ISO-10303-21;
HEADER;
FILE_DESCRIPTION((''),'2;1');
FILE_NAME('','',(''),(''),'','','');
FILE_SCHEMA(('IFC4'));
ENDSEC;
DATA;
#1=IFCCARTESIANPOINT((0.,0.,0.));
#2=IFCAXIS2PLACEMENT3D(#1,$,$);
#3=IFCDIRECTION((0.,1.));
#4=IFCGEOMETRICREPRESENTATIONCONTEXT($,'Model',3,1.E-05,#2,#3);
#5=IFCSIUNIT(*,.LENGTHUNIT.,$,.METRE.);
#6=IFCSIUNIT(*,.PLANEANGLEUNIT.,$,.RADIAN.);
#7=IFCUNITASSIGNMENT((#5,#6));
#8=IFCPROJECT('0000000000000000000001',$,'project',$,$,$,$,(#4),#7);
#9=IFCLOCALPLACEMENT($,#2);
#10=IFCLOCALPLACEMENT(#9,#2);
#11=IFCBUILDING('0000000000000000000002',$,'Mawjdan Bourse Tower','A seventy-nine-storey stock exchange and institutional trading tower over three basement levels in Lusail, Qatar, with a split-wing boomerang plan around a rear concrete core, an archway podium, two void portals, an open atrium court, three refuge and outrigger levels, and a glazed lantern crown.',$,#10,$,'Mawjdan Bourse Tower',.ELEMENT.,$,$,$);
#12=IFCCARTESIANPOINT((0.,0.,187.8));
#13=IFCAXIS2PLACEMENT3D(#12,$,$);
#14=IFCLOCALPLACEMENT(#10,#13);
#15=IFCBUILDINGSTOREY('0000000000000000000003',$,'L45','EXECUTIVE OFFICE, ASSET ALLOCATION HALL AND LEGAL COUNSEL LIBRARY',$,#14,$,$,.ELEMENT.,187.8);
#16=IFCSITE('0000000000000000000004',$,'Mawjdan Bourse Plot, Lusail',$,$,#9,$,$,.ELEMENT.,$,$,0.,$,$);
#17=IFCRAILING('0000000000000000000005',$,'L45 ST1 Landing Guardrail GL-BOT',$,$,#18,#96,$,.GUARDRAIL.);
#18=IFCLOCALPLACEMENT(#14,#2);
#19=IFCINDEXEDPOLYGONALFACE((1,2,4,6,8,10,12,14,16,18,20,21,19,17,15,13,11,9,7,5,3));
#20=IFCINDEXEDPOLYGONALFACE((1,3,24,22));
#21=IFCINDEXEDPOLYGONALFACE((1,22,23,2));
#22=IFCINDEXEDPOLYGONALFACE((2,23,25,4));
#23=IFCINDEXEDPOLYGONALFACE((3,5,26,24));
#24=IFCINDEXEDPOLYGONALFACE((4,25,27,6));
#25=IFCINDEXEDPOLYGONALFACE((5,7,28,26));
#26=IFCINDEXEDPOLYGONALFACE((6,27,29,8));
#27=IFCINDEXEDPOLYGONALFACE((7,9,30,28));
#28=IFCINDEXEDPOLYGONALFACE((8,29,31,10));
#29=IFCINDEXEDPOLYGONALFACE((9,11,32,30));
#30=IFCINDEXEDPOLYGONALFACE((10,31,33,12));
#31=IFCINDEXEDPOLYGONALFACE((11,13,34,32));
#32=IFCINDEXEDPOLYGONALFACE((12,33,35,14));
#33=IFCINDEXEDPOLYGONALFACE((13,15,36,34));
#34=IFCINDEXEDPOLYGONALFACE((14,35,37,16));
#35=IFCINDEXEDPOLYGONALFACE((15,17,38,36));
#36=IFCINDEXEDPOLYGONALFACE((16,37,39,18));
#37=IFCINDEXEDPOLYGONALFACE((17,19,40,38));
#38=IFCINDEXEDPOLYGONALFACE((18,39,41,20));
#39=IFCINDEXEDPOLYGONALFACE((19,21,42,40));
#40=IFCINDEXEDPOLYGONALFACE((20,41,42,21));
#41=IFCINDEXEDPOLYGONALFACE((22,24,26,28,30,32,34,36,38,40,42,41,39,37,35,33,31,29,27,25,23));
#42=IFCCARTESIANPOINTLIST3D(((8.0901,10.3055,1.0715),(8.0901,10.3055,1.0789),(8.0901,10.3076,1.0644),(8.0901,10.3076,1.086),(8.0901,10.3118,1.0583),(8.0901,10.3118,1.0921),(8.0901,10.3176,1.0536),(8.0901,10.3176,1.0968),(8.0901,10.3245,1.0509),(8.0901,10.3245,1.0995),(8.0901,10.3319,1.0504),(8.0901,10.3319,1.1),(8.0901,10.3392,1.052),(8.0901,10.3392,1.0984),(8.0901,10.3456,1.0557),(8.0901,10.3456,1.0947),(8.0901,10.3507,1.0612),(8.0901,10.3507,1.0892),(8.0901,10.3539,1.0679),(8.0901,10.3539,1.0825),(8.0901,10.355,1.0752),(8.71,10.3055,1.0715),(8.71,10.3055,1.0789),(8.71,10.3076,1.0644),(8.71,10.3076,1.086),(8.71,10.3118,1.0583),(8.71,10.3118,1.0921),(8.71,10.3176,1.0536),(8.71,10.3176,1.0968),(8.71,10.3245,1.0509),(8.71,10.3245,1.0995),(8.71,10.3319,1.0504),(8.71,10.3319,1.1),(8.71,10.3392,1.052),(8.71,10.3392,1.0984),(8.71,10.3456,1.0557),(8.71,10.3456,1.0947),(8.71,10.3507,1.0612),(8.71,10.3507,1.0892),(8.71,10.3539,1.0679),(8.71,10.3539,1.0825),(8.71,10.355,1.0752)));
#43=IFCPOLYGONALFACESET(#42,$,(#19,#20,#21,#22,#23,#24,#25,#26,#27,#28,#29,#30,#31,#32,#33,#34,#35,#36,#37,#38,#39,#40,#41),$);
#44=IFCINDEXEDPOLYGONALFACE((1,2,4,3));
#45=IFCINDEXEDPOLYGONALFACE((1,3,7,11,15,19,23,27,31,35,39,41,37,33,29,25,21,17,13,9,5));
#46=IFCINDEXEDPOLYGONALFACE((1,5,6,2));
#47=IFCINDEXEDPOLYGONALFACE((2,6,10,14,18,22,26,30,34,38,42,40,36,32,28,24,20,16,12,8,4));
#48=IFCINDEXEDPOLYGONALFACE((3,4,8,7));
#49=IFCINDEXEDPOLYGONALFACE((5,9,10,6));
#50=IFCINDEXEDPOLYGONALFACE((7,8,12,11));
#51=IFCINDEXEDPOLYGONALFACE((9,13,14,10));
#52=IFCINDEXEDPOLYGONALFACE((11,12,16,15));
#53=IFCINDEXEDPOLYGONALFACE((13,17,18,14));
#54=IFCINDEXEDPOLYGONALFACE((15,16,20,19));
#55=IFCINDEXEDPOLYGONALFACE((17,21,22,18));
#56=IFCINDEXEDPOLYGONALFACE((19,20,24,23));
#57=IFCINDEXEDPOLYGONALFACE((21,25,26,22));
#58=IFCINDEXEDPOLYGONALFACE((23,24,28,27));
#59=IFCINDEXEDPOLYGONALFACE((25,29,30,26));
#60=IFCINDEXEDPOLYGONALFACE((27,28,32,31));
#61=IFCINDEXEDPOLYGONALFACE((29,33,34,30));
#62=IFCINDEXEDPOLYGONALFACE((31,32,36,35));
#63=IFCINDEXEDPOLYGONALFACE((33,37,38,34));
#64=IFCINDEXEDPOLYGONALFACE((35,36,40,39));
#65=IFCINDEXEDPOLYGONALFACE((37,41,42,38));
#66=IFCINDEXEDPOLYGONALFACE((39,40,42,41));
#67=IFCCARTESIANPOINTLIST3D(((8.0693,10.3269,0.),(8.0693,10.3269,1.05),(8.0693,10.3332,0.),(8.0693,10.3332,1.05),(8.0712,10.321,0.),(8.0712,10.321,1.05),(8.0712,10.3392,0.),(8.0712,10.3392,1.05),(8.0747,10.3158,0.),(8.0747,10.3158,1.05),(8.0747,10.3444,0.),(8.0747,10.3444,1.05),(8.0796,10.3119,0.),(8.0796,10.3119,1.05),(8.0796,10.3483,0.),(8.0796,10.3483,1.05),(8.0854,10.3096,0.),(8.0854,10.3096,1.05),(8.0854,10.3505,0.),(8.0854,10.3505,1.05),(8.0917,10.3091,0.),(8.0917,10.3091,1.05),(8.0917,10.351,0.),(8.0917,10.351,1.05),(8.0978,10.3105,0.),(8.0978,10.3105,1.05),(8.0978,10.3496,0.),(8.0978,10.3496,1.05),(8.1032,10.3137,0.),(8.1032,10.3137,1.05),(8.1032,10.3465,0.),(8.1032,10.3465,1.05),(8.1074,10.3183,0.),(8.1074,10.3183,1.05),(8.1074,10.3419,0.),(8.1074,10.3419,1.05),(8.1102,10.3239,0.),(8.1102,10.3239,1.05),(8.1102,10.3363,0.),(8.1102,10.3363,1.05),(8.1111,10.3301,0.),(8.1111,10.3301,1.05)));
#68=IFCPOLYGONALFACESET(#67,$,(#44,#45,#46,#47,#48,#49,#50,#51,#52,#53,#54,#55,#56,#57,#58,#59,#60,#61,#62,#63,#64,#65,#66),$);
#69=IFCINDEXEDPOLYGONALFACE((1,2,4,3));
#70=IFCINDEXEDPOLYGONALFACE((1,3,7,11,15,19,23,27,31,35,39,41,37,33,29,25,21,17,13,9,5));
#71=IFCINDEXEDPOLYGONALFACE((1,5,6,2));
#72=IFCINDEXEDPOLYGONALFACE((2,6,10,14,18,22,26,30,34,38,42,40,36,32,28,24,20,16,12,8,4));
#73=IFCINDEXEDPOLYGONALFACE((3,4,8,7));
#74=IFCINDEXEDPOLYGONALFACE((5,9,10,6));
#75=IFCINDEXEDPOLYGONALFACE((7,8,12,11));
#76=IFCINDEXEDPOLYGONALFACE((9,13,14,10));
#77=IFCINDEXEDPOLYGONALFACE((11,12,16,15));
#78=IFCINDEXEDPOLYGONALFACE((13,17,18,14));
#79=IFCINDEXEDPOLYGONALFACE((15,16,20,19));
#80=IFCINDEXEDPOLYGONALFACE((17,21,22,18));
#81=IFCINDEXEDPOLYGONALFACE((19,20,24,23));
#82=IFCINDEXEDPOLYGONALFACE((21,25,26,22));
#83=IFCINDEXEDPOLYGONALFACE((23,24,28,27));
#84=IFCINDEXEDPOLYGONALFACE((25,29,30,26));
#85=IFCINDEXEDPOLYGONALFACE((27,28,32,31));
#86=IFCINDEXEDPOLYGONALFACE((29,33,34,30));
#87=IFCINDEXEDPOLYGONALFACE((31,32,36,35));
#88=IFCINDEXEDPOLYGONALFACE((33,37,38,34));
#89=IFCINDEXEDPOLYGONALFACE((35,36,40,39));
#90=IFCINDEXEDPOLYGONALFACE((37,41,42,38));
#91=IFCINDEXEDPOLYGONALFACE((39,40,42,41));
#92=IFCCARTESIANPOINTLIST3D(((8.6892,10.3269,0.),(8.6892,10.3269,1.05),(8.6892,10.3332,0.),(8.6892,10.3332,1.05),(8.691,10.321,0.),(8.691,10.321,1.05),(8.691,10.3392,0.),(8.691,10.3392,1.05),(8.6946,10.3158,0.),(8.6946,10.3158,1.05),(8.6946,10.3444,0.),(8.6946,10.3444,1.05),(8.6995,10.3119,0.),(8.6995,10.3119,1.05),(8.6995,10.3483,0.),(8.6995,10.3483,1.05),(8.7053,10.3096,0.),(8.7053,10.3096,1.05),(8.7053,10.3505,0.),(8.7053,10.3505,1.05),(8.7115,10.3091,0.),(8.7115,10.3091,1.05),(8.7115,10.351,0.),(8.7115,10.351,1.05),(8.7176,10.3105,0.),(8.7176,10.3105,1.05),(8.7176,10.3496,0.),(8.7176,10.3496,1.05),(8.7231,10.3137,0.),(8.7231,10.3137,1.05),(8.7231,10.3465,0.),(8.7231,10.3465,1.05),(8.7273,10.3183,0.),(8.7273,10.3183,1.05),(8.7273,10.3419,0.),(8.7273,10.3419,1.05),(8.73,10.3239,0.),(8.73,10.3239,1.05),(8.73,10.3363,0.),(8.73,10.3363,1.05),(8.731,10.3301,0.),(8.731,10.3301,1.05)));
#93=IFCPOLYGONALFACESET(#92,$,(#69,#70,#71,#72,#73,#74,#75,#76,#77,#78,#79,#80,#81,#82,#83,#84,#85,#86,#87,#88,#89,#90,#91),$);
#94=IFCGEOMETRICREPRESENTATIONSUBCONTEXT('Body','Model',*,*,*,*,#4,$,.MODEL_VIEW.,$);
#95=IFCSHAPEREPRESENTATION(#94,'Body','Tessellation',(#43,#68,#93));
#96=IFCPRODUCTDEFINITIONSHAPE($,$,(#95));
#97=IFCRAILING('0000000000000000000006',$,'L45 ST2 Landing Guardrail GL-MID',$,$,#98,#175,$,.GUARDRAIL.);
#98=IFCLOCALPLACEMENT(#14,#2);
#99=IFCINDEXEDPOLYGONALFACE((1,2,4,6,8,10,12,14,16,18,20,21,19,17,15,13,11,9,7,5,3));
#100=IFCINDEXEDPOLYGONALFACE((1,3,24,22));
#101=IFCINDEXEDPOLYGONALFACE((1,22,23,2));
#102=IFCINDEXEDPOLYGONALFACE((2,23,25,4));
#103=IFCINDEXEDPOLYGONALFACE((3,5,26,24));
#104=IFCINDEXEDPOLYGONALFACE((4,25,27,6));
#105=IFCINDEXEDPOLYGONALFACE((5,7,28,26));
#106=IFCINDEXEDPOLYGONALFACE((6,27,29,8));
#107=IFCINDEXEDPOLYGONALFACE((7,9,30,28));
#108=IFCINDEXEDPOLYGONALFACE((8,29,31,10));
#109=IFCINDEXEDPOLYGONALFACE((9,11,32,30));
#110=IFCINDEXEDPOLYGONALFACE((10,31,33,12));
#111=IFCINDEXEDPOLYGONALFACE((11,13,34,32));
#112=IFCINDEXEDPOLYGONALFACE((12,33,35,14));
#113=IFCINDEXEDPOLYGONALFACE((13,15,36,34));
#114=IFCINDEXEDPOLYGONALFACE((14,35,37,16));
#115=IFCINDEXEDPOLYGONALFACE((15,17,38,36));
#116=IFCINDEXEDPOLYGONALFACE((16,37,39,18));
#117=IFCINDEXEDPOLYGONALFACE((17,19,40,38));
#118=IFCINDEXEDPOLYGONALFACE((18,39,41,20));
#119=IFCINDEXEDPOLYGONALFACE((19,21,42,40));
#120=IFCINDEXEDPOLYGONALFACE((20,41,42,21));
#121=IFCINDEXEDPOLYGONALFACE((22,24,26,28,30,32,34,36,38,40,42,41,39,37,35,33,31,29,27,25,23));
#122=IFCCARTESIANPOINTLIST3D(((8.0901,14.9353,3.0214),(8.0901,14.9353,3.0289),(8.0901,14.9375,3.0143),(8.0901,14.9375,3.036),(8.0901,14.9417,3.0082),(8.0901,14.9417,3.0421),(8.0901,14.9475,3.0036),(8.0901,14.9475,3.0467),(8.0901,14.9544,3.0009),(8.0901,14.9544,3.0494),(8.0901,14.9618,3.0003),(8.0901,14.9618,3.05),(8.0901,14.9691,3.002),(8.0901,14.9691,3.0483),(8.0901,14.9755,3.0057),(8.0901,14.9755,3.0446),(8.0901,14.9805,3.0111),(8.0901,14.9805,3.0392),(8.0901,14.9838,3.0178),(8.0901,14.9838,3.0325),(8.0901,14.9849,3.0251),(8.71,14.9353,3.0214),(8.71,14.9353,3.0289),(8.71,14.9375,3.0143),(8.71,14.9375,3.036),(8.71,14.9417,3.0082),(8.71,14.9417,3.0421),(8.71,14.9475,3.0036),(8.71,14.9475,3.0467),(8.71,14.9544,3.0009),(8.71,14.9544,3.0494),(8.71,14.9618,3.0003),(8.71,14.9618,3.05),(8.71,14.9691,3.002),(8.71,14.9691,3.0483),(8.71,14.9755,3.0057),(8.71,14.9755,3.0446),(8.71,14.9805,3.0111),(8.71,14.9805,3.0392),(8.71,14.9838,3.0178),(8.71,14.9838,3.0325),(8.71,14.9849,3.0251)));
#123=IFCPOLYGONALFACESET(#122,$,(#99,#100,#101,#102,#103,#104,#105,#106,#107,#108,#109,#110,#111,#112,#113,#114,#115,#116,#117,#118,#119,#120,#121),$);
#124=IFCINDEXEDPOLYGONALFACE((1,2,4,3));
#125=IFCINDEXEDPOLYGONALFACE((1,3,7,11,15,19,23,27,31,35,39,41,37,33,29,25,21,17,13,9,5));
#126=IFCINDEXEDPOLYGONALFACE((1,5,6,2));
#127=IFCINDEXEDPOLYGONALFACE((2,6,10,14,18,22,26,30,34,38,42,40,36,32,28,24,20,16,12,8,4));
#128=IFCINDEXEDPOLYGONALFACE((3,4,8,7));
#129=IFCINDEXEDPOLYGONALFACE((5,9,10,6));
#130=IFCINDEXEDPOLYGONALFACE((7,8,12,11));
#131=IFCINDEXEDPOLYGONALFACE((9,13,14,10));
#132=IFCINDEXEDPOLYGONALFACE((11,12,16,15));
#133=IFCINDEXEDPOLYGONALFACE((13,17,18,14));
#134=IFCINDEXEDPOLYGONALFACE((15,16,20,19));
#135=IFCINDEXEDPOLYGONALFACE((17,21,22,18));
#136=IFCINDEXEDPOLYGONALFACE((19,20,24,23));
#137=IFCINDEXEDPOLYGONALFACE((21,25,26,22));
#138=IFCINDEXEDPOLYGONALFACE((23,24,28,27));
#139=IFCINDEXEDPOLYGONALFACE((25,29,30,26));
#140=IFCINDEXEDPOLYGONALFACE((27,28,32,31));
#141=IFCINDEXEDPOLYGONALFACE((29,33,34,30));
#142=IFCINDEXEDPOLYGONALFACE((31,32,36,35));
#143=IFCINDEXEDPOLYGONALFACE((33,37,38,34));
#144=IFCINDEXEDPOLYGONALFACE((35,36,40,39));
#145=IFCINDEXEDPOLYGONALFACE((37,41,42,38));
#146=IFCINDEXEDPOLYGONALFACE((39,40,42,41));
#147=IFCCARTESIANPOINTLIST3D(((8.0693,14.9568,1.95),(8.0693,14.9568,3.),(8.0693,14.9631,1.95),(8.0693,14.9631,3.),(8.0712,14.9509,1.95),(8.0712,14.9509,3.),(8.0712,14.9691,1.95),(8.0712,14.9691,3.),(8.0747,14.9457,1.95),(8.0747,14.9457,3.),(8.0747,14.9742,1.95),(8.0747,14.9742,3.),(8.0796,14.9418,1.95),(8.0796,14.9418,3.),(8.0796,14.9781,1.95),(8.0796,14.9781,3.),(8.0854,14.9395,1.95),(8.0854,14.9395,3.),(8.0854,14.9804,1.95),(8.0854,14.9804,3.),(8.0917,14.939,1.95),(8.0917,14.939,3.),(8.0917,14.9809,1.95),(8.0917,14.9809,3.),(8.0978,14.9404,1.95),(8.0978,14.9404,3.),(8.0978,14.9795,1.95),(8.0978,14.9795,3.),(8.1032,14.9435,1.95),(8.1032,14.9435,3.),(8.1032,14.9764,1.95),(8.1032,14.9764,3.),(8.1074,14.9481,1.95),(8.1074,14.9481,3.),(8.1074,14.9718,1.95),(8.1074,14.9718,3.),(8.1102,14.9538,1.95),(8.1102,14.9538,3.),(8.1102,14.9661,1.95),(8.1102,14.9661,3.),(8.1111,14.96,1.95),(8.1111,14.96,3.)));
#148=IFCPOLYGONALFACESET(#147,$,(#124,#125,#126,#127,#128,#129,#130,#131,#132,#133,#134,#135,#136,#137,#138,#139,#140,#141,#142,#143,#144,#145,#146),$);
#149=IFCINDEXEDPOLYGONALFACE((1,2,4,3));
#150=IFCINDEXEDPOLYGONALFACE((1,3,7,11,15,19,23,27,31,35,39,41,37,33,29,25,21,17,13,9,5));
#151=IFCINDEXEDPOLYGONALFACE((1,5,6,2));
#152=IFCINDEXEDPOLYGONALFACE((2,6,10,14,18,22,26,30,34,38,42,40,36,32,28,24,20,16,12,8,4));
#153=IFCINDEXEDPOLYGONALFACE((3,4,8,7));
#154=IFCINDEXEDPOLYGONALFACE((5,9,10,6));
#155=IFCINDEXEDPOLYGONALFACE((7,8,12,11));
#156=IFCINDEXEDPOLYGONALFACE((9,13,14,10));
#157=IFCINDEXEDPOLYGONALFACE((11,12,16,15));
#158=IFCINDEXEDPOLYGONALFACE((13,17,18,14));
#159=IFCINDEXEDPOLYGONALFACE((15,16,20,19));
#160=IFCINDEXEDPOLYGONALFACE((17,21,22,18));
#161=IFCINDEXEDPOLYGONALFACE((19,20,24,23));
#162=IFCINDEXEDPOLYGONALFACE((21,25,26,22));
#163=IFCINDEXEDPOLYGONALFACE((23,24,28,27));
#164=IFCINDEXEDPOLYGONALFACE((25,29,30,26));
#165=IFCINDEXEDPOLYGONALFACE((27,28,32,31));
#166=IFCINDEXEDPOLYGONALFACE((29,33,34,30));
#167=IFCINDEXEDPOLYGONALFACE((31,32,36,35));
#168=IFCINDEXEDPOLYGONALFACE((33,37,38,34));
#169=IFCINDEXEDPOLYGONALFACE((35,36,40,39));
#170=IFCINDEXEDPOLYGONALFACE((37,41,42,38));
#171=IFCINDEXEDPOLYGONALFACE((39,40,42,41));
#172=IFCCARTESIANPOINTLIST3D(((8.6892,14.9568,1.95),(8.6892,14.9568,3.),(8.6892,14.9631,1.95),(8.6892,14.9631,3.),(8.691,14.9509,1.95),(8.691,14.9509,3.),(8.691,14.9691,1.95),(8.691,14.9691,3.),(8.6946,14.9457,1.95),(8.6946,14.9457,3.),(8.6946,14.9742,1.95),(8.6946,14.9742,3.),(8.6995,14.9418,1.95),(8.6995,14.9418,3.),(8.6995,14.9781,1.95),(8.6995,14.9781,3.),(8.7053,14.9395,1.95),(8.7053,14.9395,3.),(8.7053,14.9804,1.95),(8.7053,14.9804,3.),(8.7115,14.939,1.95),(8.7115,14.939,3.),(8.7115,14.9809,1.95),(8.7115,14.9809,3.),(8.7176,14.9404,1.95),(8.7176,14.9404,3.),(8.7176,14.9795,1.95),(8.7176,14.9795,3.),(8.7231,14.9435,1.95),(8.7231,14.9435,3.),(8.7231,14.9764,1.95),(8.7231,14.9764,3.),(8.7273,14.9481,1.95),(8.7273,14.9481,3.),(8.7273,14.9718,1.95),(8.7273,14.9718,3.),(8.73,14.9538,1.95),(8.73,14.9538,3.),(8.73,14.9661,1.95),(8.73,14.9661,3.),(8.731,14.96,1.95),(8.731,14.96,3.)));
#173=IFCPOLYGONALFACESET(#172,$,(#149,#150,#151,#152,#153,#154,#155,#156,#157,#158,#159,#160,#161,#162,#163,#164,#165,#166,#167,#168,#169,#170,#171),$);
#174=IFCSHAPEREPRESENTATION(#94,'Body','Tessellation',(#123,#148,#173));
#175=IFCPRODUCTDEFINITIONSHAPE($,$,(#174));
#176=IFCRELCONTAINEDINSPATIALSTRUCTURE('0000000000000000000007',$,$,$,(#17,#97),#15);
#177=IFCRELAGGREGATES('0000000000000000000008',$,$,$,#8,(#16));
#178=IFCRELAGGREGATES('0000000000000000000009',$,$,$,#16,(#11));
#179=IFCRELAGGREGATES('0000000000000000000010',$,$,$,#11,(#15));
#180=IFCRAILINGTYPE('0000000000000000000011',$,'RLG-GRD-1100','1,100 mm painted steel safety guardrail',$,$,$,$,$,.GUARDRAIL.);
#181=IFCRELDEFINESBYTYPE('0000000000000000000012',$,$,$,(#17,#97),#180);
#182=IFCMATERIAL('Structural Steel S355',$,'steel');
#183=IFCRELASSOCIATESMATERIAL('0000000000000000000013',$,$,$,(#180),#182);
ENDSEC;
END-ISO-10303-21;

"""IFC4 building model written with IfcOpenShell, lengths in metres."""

from ifc_helpers import new_model, si_unit, direction, frame, origin, origin_2d, place, context, subcontext, project, spatial, circle, extrude, material, type_object, element, save


model = new_model("IFC4")

# Units and contexts
model_context = context("Model", 3, precision=1e-05, world=origin(), true_north=direction((0.0, 1.0)))
body_context = subcontext(model_context, "Body", "Model", "MODEL_VIEW")
ifc_project = project(units=[si_unit("LENGTHUNIT", "METRE"), si_unit("PLANEANGLEUNIT", "RADIAN")], contexts=[model_context])

# Site, building, storey
site_placement = place(None, origin())
site = spatial("IfcSite", under=ifc_project, at=site_placement, Name="Mawjdan Bourse Plot, Lusail", CompositionType="ELEMENT", RefElevation=0.0)
building_placement = place(site_placement, origin())
building = spatial("IfcBuilding", under=site, at=building_placement, Name="Mawjdan Bourse Tower", Description="A seventy-nine-storey stock exchange and institutional trading tower over three basement levels in Lusail, Qatar, with a split-wing boomerang plan around a rear concrete core, an archway podium, two void portals, an open atrium court, three refuge and outrigger levels, and a glazed lantern crown.", LongName="Mawjdan Bourse Tower", CompositionType="ELEMENT")
storey_placement = place(building_placement, frame((0.0, 0.0, 187.8)))
storey = spatial("IfcBuildingStorey", under=building, at=storey_placement, Name="L45", Description="EXECUTIVE OFFICE, ASSET ALLOCATION HALL AND LEGAL COUNSEL LIBRARY", CompositionType="ELEMENT", Elevation=187.8)

# Shared definitions
ifc_material_1 = material(Name="Structural Steel S355", Category="steel")

# Railings
railing_type_1 = type_object("IfcRailingType", Name="RLG-GRD-1100", Description="1,100 mm painted steel safety guardrail", PredefinedType="GUARDRAIL", material=ifc_material_1)
for number, where, name in (
    (1, (8.0901, 10.3301, 0.0), "L45 ST1 Landing Guardrail GL-BOT"),
    (2, (8.0901, 14.96, 1.95), "L45 ST2 Landing Guardrail GL-MID"),
):
    element("IfcRailing", number, at=place(storey_placement, frame(where)), inside=storey, type_object=railing_type_1, Name=name, PredefinedType="GUARDRAIL", context=body_context, shape_type="SweptSolid", body=[
        extrude(circle(Radius=0.0249, at=origin_2d()), frame((0.0, 0.0, 1.0752), z_axis=(1.0, 0.0, 0.0), x_axis=(0.0, 1.0, 0.0)), (0.0, 0.0, 1.0), 0.6199),
        extrude(circle(Radius=0.021, at=origin_2d()), origin(), (0.0, 0.0, 1.0), 1.05),
        extrude(circle(Radius=0.021, at=origin_2d()), frame((0.6199, 0.0, 0.0)), (0.0, 0.0, 1.0), 1.05),
    ])

save(model, "model.ifc")
